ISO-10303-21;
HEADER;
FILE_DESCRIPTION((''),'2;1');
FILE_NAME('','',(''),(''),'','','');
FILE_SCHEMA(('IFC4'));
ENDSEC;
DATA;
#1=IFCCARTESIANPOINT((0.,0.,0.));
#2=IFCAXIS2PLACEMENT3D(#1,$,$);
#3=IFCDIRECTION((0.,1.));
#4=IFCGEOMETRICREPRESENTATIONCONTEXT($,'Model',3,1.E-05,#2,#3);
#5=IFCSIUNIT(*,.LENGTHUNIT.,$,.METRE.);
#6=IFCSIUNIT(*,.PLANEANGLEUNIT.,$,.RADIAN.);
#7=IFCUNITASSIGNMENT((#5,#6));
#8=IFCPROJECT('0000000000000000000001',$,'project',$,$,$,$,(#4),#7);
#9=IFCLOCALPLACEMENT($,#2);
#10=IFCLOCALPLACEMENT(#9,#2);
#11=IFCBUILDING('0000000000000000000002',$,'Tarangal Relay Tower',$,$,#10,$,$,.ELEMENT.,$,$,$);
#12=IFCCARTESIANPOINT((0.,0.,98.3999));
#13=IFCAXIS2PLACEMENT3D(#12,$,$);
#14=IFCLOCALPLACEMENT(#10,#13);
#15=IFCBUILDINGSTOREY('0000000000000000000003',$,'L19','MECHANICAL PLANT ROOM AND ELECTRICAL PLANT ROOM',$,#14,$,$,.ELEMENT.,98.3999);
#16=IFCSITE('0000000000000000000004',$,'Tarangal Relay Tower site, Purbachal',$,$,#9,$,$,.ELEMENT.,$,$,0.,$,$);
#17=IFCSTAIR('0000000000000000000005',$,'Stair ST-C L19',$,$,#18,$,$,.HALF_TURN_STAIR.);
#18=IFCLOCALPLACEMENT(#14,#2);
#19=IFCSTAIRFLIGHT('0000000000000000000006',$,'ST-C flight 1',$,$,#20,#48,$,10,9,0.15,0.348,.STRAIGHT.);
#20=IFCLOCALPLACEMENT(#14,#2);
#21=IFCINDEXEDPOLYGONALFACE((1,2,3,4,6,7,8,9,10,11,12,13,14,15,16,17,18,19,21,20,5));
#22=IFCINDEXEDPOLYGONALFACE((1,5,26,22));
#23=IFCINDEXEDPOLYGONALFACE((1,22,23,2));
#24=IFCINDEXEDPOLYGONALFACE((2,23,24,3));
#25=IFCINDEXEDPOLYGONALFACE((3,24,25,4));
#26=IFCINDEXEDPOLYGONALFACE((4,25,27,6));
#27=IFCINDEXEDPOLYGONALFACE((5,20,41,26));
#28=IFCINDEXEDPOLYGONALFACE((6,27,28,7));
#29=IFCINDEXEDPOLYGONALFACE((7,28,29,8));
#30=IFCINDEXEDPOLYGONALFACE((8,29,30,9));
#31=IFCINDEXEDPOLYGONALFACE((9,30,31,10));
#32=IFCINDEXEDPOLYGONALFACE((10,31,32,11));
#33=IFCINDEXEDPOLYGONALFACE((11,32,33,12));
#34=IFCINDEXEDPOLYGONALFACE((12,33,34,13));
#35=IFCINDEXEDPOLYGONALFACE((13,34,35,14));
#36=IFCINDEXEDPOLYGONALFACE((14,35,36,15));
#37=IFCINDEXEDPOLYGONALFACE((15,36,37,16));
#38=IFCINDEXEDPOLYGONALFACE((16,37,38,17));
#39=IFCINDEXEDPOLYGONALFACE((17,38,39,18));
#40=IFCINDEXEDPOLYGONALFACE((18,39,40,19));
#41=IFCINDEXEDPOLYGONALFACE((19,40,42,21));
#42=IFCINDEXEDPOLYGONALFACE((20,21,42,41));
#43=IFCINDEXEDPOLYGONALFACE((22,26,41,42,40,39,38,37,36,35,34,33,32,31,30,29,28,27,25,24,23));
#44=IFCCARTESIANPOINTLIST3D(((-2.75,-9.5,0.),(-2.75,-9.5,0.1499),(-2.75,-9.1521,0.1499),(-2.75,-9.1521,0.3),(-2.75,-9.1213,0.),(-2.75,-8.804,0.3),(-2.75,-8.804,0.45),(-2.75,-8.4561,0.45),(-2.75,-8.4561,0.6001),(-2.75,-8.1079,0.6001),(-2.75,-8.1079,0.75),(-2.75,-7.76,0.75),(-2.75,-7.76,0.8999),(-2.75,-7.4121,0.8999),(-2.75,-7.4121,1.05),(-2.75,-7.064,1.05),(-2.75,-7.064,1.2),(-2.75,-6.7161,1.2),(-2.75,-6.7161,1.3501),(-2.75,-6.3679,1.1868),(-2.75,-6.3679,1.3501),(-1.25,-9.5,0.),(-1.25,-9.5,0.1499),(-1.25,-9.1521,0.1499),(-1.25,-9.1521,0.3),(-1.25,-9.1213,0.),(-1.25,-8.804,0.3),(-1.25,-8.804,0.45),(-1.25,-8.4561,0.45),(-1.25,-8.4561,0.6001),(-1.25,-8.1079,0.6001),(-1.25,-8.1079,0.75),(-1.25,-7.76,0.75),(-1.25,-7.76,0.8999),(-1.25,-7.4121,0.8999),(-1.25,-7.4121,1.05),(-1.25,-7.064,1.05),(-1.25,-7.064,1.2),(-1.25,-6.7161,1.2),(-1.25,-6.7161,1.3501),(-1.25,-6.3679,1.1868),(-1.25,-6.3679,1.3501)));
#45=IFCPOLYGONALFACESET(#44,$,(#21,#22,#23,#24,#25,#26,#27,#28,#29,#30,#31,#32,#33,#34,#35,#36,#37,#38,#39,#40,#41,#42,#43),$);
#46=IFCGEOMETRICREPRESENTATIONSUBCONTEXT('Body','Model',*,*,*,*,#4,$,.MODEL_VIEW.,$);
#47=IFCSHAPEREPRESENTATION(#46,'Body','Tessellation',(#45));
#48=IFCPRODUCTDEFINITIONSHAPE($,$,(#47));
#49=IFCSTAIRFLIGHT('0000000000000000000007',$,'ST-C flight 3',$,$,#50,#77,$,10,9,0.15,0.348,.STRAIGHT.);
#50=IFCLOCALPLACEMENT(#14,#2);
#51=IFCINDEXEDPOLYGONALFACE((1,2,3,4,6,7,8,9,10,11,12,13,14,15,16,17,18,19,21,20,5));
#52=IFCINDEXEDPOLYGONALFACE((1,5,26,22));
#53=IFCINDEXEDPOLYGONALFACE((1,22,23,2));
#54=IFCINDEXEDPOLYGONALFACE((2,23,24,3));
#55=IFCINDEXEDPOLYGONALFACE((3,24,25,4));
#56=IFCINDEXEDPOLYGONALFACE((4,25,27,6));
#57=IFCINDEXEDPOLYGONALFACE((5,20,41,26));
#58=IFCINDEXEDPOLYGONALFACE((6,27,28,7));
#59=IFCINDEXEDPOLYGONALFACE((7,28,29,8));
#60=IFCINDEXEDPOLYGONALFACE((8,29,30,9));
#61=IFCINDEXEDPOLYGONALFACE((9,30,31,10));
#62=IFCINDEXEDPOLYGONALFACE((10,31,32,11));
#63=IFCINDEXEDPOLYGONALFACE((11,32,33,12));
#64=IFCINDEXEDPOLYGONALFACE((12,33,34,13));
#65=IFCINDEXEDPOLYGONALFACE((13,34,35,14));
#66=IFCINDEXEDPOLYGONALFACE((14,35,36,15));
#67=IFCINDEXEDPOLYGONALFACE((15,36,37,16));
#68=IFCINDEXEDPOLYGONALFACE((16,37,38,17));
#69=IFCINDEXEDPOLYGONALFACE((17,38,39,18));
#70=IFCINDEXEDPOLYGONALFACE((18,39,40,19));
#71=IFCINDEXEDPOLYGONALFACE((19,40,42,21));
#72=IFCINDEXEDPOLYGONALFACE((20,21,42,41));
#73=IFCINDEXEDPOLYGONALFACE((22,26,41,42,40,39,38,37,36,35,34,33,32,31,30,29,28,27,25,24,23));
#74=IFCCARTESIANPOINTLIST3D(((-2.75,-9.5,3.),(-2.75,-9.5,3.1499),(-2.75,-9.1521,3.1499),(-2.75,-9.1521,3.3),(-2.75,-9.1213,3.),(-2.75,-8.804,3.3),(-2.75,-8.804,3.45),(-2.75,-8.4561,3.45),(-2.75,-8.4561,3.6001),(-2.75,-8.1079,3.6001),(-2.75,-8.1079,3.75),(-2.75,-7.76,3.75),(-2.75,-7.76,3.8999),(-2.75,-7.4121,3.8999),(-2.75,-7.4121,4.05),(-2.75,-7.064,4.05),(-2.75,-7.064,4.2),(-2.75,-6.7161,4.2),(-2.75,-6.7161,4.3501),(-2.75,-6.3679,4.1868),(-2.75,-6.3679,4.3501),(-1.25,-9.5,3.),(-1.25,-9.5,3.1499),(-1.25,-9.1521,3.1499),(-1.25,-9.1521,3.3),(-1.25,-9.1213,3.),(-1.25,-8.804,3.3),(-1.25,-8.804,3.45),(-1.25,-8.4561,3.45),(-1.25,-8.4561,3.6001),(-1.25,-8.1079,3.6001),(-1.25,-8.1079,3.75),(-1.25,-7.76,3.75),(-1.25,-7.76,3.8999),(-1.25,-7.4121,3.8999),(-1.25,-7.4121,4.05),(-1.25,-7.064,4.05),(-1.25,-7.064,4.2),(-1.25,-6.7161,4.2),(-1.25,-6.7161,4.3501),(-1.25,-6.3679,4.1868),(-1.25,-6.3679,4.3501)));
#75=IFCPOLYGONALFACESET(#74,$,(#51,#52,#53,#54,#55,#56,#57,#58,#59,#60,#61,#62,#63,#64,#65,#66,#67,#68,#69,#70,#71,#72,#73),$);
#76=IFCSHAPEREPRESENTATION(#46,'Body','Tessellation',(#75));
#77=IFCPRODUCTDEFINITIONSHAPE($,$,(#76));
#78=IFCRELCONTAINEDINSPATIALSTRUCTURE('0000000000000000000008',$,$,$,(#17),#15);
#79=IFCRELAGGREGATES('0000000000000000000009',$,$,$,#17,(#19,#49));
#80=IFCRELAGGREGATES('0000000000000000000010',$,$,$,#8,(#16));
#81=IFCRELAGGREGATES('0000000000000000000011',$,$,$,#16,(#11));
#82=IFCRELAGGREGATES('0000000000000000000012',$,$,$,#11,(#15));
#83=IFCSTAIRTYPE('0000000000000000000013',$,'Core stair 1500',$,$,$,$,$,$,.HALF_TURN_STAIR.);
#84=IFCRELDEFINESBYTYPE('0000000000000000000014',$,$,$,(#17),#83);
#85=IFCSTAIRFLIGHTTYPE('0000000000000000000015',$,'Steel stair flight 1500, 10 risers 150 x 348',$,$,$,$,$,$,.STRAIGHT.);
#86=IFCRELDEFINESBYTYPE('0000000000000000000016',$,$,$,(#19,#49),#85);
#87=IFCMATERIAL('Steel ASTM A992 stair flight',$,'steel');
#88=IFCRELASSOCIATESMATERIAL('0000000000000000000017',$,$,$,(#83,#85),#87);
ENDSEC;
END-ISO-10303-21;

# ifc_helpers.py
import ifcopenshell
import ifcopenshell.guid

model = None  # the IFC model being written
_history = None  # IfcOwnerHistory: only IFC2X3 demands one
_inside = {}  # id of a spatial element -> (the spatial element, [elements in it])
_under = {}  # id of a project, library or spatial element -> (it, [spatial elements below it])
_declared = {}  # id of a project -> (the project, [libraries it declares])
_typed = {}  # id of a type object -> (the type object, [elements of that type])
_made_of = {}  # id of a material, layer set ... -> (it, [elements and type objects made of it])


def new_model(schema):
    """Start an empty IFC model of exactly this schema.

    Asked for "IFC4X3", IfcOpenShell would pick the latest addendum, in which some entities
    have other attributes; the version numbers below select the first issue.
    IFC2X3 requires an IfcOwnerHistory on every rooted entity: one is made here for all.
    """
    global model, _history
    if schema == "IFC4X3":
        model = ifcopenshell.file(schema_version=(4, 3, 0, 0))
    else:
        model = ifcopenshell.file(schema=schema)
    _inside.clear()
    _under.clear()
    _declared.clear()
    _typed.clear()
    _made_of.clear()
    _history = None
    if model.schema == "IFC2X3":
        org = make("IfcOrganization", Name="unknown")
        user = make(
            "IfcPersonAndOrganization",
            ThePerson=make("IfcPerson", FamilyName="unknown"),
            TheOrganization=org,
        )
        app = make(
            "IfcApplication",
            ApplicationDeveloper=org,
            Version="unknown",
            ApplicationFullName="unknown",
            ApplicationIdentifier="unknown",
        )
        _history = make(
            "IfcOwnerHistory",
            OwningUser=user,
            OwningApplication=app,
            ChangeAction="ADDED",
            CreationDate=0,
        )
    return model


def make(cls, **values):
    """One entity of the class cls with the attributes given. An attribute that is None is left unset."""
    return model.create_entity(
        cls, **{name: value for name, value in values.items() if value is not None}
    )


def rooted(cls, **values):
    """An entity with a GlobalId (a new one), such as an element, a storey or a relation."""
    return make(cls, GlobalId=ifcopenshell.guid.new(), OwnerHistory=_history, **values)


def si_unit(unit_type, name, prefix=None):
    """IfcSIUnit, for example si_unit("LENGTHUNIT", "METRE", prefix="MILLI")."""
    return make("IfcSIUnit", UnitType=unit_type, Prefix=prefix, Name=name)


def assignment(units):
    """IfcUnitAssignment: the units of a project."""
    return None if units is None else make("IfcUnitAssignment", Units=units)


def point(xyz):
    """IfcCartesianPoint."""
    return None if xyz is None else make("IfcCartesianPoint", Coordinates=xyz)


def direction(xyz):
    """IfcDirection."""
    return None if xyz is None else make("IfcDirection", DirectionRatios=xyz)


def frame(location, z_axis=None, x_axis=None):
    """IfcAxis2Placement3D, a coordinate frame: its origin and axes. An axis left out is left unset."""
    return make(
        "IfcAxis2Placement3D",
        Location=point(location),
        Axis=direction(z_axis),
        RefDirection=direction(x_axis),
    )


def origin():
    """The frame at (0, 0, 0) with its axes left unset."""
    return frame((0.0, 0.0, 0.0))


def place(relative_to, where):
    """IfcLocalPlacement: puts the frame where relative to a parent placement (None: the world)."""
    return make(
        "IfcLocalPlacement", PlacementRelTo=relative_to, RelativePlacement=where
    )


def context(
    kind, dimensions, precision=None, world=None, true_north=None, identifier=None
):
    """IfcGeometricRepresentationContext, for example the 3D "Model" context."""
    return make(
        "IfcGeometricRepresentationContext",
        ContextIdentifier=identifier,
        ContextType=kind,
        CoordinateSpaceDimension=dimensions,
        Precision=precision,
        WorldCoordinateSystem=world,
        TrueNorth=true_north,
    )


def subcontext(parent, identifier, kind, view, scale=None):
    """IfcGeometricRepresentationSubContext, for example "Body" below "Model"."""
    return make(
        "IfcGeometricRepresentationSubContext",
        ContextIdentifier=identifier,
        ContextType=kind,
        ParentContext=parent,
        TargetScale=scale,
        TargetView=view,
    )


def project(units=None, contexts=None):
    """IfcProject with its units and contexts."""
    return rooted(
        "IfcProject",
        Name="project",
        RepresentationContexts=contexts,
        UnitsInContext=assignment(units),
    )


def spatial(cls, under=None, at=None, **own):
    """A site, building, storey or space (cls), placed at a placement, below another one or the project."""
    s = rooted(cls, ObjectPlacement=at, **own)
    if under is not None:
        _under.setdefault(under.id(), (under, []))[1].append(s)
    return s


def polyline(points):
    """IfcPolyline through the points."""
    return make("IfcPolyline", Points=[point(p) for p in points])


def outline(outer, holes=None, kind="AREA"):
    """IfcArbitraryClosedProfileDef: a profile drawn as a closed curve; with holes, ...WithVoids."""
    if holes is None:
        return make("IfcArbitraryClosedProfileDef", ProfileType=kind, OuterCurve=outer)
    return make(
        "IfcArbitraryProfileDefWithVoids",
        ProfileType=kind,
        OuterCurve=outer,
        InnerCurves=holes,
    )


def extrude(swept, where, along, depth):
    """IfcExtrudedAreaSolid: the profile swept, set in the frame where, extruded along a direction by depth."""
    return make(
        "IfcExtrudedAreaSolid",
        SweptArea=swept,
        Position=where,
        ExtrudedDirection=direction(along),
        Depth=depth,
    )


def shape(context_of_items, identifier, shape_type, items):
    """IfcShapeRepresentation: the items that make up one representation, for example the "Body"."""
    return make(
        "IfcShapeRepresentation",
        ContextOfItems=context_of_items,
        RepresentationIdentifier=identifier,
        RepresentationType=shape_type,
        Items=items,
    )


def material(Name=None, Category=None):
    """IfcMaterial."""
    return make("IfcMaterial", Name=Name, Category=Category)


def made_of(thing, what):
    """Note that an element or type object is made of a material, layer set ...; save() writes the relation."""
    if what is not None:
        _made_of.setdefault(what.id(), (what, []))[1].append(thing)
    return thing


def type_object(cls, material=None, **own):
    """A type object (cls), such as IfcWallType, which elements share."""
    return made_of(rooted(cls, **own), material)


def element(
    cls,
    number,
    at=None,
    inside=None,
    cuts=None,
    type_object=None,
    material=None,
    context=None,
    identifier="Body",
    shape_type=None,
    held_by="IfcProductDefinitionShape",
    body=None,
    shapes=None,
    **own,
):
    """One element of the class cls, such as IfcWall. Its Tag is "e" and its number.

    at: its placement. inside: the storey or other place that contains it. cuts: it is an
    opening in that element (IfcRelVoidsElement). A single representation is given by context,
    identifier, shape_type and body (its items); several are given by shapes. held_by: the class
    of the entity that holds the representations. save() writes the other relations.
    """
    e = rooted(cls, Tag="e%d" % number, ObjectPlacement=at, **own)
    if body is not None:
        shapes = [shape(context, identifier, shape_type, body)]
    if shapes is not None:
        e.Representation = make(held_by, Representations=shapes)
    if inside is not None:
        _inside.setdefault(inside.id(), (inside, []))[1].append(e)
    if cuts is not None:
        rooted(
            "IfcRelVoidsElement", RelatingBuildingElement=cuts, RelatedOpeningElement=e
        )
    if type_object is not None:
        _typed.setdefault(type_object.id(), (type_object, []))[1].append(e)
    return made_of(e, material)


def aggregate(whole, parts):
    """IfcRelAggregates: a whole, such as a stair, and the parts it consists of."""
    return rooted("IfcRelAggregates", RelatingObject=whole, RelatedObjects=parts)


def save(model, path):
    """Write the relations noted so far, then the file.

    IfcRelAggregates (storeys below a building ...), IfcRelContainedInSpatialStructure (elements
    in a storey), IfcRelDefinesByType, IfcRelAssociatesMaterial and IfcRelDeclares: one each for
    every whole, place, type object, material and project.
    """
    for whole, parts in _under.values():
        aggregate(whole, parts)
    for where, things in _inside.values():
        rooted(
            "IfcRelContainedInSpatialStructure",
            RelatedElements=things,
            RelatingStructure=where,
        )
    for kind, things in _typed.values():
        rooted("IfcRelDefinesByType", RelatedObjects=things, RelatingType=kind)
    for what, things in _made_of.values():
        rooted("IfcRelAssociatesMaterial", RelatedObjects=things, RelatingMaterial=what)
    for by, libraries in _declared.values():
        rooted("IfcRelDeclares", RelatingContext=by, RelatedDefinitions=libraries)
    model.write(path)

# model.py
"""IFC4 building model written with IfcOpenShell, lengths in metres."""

from ifc_helpers import new_model, si_unit, direction, frame, origin, place, context, subcontext, project, spatial, polyline, outline, extrude, material, type_object, element, aggregate, save


model = new_model("IFC4")

# Units and contexts
model_context = context("Model", 3, precision=1e-05, world=origin(), true_north=direction((0.0, 1.0)))
body_context = subcontext(model_context, "Body", "Model", "MODEL_VIEW")
ifc_project = project(units=[si_unit("LENGTHUNIT", "METRE"), si_unit("PLANEANGLEUNIT", "RADIAN")], contexts=[model_context])

# Site, building, storey
site_placement = place(None, origin())
site = spatial("IfcSite", under=ifc_project, at=site_placement, Name="Tarangal Relay Tower site, Purbachal", CompositionType="ELEMENT", RefElevation=0.0)
building_placement = place(site_placement, origin())
building = spatial("IfcBuilding", under=site, at=building_placement, Name="Tarangal Relay Tower", CompositionType="ELEMENT")
storey_placement = place(building_placement, frame((0.0, 0.0, 98.3999)))
storey = spatial("IfcBuildingStorey", under=building, at=storey_placement, Name="L19", Description="MECHANICAL PLANT ROOM AND ELECTRICAL PLANT ROOM", CompositionType="ELEMENT", Elevation=98.3999)

# Stair, stair flights
ifc_material_1 = material(Name="Steel ASTM A992 stair flight", Category="steel")
stair_type = type_object("IfcStairType", Name="Core stair 1500", PredefinedType="HALF_TURN_STAIR", material=ifc_material_1)
stair_placement = place(storey_placement, origin())
stair = element("IfcStair", 1, at=stair_placement, inside=storey, type_object=stair_type, Name="Stair ST-C L19", PredefinedType="HALF_TURN_STAIR")
stair_flight_type = type_object("IfcStairFlightType", Name="Steel stair flight 1500, 10 risers 150 x 348", PredefinedType="STRAIGHT", material=ifc_material_1)
stair_flight_1_placement = place(storey_placement, frame((-2.0, -9.5, 0.0), z_axis=(0.0, 0.0, 1.0), x_axis=(0.0, 1.0, 0.0)))
stair_flight_1 = element("IfcStairFlight", 2, at=stair_flight_1_placement, type_object=stair_flight_type, Name="ST-C flight 1", NumberOfRisers=10, NumberOfTreads=9, PredefinedType="STRAIGHT", RiserHeight=0.15, TreadLength=0.348, context=body_context, shape_type="SweptSolid", body=[
    extrude(outline(polyline([(0.0, 0.0), (0.0, 0.1499), (0.3479, 0.1499), (0.3479, 0.3), (0.696, 0.3), (0.696, 0.45), (1.0439, 0.45), (1.0439, 0.6001), (1.3921, 0.6001), (1.3921, 0.75), (1.74, 0.75), (1.74, 0.8999), (2.0879, 0.8999), (2.0879, 1.05), (2.436, 1.05), (2.436, 1.2), (2.7839, 1.2), (2.7839, 1.3501), (3.1321, 1.3501), (3.1321, 1.5), (3.1321, 1.1868), (0.3787, 0.0), (0.0, 0.0)])), frame((0.0, 0.75, 0.0), z_axis=(0.0, -1.0, 0.0), x_axis=(1.0, 0.0, 0.0)), (0.0, 0.0, 1.0), 1.5),
])
stair_flight_2_placement = place(storey_placement, frame((-2.0, -9.5, 3.0), z_axis=(0.0, 0.0, 1.0), x_axis=(0.0, 1.0, 0.0)))
stair_flight_2 = element("IfcStairFlight", 3, at=stair_flight_2_placement, type_object=stair_flight_type, Name="ST-C flight 3", NumberOfRisers=10, NumberOfTreads=9, PredefinedType="STRAIGHT", RiserHeight=0.15, TreadLength=0.348, context=body_context, shape_type="SweptSolid", body=[
    extrude(outline(polyline([(0.0, 0.0), (0.0, 0.1499), (0.3479, 0.1499), (0.3479, 0.3), (0.696, 0.3), (0.696, 0.45), (1.0439, 0.45), (1.0439, 0.6001), (1.3921, 0.6001), (1.3921, 0.75), (1.74, 0.75), (1.74, 0.8999), (2.0879, 0.8999), (2.0879, 1.05), (2.436, 1.05), (2.436, 1.2), (2.7839, 1.2), (2.7839, 1.3501), (3.1321, 1.3501), (3.1321, 1.5), (3.1321, 1.1868), (0.3787, 0.0), (0.0, 0.0)])), frame((0.0, 0.75, 0.0), z_axis=(0.0, -1.0, 0.0), x_axis=(1.0, 0.0, 0.0)), (0.0, 0.0, 1.0), 1.5),
])
aggregate(stair, [stair_flight_1, stair_flight_2])

save(model, "model.ifc")
